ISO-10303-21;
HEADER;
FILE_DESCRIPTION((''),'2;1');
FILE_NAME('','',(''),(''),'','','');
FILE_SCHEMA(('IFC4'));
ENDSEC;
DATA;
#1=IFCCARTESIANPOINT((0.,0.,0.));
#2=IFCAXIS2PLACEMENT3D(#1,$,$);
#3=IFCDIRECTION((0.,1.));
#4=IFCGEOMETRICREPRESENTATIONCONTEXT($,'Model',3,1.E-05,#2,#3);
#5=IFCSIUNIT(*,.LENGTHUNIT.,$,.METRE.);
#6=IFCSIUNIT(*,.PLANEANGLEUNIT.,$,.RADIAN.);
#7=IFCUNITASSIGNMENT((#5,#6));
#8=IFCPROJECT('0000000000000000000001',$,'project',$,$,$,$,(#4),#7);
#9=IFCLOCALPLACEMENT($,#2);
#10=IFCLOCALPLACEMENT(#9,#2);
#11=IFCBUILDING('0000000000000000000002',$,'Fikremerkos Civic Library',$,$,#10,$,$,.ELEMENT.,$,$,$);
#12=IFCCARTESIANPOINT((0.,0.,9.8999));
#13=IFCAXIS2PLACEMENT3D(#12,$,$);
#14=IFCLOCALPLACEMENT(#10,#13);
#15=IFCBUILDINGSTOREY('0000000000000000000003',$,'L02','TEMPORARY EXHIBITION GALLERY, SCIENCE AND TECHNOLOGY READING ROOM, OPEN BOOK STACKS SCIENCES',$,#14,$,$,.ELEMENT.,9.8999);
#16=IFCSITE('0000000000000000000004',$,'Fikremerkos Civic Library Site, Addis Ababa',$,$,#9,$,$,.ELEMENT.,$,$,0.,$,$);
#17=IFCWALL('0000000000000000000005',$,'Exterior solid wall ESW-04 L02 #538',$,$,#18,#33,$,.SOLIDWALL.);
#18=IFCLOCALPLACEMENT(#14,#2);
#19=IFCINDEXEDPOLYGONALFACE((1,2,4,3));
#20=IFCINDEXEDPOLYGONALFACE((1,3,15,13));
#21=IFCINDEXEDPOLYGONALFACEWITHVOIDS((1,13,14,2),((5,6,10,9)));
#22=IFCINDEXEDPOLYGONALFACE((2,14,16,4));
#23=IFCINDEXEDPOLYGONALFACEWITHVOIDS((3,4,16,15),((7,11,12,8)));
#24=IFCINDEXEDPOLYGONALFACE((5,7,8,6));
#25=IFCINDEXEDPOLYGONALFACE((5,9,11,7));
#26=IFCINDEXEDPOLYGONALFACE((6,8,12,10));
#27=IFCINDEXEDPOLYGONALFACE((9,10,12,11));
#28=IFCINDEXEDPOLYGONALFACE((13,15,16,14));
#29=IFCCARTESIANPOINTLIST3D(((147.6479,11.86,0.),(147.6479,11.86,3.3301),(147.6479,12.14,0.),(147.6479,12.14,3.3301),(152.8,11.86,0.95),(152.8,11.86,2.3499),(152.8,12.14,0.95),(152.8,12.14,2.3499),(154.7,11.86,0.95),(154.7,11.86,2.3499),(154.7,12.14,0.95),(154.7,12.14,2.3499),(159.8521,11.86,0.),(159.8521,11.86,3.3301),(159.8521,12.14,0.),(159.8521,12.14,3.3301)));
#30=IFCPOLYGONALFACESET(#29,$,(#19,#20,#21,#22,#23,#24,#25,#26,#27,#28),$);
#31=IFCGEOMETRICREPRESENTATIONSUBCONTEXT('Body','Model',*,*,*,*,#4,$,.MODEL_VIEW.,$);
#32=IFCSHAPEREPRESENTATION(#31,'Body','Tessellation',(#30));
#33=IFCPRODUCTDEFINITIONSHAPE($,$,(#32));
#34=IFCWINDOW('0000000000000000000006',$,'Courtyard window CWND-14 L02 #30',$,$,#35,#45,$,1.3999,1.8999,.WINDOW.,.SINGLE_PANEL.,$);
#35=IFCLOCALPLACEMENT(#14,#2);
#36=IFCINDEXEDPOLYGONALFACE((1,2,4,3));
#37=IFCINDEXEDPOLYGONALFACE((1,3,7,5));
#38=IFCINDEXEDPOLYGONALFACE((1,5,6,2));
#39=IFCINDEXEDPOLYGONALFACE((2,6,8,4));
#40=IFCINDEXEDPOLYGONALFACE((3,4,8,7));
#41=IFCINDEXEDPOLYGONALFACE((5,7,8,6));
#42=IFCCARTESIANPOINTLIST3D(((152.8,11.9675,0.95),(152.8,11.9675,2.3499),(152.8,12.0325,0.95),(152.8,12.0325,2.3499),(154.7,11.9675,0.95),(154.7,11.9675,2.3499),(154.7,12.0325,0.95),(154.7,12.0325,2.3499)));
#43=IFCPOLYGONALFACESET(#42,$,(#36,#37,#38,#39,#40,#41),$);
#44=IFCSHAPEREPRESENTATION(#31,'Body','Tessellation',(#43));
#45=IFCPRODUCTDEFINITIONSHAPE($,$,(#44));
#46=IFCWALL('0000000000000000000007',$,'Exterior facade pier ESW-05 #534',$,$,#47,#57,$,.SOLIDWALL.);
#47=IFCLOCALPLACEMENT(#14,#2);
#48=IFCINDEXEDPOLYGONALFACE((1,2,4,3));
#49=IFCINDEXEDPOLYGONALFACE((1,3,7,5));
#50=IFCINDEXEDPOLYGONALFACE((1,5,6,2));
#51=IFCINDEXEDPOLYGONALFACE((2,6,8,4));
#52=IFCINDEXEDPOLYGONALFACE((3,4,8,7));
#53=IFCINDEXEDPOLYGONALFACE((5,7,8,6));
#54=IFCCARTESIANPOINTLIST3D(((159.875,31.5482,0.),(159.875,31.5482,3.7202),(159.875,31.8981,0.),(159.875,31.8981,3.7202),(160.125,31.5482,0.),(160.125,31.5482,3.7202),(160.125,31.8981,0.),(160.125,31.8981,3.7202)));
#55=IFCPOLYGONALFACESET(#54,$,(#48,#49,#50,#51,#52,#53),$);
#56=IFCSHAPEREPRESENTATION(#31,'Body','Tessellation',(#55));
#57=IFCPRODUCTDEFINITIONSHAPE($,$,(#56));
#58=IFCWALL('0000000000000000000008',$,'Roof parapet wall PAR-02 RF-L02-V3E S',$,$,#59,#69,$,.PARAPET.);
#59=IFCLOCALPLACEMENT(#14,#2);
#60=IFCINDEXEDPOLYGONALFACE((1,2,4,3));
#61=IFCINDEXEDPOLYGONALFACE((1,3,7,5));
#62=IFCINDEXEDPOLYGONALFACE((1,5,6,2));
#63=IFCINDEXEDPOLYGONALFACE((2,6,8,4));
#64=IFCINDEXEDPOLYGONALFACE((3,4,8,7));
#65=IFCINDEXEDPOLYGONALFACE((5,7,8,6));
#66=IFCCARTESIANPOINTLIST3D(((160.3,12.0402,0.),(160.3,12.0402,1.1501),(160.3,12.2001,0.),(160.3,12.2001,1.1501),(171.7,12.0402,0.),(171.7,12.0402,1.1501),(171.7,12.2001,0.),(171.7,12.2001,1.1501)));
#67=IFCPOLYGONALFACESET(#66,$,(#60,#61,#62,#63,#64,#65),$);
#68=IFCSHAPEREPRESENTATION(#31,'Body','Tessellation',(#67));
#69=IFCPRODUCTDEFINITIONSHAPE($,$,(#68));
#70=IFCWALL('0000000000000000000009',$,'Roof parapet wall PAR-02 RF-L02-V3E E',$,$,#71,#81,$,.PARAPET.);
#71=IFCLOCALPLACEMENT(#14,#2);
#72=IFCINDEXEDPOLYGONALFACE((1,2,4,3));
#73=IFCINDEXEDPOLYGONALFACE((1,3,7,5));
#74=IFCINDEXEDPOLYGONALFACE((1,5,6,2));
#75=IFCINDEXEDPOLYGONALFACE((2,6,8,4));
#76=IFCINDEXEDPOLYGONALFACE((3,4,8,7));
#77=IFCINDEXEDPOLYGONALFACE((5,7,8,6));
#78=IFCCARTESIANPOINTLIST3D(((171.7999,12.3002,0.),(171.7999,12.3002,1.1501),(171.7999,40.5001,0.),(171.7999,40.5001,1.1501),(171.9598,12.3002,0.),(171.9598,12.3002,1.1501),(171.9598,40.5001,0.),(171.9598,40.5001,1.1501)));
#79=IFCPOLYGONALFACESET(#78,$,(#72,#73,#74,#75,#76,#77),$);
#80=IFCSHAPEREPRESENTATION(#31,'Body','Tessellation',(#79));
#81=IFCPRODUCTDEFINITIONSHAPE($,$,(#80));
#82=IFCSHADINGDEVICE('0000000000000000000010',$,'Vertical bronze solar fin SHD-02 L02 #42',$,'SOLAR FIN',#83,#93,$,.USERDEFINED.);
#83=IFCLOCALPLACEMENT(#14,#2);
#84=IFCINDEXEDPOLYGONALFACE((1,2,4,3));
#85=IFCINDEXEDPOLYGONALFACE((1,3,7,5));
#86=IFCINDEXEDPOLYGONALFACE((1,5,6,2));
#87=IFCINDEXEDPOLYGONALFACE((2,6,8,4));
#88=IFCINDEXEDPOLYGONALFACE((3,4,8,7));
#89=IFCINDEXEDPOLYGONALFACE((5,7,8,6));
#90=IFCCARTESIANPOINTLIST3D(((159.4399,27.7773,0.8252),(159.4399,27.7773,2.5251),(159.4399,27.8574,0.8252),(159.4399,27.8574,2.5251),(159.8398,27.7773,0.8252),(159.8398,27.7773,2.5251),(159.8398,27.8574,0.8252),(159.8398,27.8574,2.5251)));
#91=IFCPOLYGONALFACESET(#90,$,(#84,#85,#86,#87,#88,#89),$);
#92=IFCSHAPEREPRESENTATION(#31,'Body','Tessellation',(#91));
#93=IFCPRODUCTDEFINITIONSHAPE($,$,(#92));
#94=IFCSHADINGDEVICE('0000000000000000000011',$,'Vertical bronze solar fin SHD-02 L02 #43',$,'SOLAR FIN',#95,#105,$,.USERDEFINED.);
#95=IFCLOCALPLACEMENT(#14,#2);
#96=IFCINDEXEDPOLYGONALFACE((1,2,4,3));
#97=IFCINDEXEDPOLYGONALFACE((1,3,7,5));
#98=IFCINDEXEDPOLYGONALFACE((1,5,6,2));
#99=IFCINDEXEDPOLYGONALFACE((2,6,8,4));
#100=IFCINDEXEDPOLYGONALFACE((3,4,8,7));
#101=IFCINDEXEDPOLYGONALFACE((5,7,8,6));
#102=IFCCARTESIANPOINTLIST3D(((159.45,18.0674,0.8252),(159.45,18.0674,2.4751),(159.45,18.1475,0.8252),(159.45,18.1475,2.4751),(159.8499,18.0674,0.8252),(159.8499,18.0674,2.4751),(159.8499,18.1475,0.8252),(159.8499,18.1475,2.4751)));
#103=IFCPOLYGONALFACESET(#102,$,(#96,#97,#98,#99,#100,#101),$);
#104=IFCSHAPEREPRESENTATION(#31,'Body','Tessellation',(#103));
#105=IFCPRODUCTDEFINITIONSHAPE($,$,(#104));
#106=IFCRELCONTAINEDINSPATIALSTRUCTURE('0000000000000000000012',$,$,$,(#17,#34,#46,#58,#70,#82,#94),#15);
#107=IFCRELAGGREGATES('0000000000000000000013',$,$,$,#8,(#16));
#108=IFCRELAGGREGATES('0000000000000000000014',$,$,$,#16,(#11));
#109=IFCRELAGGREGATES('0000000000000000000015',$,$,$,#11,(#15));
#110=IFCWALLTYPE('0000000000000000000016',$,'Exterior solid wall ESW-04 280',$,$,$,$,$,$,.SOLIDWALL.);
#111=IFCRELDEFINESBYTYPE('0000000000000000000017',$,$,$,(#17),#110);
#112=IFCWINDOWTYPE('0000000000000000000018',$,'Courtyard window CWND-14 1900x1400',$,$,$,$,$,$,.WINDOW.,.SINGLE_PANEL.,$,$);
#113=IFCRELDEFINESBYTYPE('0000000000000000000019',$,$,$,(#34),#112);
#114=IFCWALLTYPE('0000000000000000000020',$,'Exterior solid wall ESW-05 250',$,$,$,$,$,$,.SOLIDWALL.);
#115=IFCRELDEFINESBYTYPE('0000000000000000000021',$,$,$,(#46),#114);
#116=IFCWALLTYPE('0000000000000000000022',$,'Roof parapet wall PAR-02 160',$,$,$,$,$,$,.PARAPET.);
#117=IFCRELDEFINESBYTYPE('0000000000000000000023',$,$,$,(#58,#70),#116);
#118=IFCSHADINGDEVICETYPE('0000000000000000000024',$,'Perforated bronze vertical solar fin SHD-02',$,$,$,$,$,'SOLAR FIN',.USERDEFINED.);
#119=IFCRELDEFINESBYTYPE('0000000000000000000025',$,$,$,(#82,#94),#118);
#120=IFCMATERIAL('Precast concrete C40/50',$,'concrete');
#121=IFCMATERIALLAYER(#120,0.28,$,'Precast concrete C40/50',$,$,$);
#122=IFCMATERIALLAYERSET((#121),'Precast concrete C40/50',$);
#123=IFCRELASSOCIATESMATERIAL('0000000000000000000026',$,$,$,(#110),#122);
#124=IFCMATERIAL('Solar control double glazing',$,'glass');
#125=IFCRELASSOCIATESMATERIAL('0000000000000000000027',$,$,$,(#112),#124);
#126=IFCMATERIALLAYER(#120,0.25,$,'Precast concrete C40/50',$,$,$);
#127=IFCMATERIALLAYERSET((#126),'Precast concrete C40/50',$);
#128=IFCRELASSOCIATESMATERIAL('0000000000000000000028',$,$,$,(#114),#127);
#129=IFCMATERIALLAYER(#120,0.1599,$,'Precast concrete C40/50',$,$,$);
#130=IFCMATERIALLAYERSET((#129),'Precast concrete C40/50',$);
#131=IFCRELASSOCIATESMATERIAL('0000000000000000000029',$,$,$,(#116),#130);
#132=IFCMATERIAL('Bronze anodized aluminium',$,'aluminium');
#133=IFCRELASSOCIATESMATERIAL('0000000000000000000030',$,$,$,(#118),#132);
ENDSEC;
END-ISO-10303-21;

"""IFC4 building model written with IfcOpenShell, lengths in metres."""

from ifc_helpers import new_model, si_unit, direction, frame, frame_2d, origin, origin_2d, place, context, subcontext, project, spatial, rectangle, extrude, material, layer, layer_set, type_object, element, fill, save


model = new_model("IFC4")

# Units and contexts
model_context = context("Model", 3, precision=1e-05, world=origin(), true_north=direction((0.0, 1.0)))
body_context = subcontext(model_context, "Body", "Model", "MODEL_VIEW")
ifc_project = project(units=[si_unit("LENGTHUNIT", "METRE"), si_unit("PLANEANGLEUNIT", "RADIAN")], contexts=[model_context])

# Site, building, storey
site_placement = place(None, origin())
site = spatial("IfcSite", under=ifc_project, at=site_placement, Name="Fikremerkos Civic Library Site, Addis Ababa", CompositionType="ELEMENT", RefElevation=0.0)
building_placement = place(site_placement, origin())
building = spatial("IfcBuilding", under=site, at=building_placement, Name="Fikremerkos Civic Library", CompositionType="ELEMENT")
storey_placement = place(building_placement, frame((0.0, 0.0, 9.8999)))
storey = spatial("IfcBuildingStorey", under=building, at=storey_placement, Name="L02", Description="TEMPORARY EXHIBITION GALLERY, SCIENCE AND TECHNOLOGY READING ROOM, OPEN BOOK STACKS SCIENCES", CompositionType="ELEMENT", Elevation=9.8999)

# Wall, opening, window
ifc_material_1 = material(Name="Precast concrete C40/50", Category="concrete")
ifc_material_2 = material(Name="Solar control double glazing", Category="glass")
ifc_layer_1 = layer(ifc_material_1, 0.28, Name="Precast concrete C40/50")
ifc_layer_set_1 = layer_set([ifc_layer_1], Name="Precast concrete C40/50")
wall_type_1 = type_object("IfcWallType", Name="Exterior solid wall ESW-04 280", PredefinedType="SOLIDWALL", material=ifc_layer_set_1)
wall_1_placement = place(storey_placement, frame((159.8521, 12.0, 0.0), z_axis=(0.0, 0.0, 1.0), x_axis=(-1.0, 0.0, 0.0)))
wall_1 = element("IfcWall", 1, at=wall_1_placement, inside=storey, type_object=wall_type_1, Name="Exterior solid wall ESW-04 L02 #538", PredefinedType="SOLIDWALL", context=body_context, shape_type="SweptSolid", body=[
    extrude(rectangle(XDim=12.2041, YDim=0.28, at=frame_2d((6.1021, 0.0))), origin(), (0.0, 0.0, 1.0), 3.3301),
])
opening_1_placement = place(wall_1_placement, frame((5.1521, 0.0, 0.95)))
opening_1 = element("IfcOpeningElement", 2, at=opening_1_placement, cuts=wall_1, PredefinedType="OPENING", context=body_context, shape_type="SweptSolid", body=[
    extrude(rectangle(XDim=1.8999, YDim=1.3999, at=frame_2d((0.95, 0.7))), frame((0.0, 0.1499, 0.0), z_axis=(0.0, -1.0, 0.0), x_axis=(1.0, 0.0, 0.0)), (0.0, 0.0, 1.0), 0.3),
])
window_type_1 = type_object("IfcWindowType", Name="Courtyard window CWND-14 1900x1400", PartitioningType="SINGLE_PANEL", PredefinedType="WINDOW", material=ifc_material_2)
window_1_placement = place(opening_1_placement, origin())
window_1 = element("IfcWindow", 3, at=window_1_placement, inside=storey, type_object=window_type_1, Name="Courtyard window CWND-14 L02 #30", OverallHeight=1.3999, OverallWidth=1.8999, PartitioningType="SINGLE_PANEL", PredefinedType="WINDOW", context=body_context, shape_type="SweptSolid", body=[
    extrude(rectangle(XDim=1.8999, YDim=1.3999, at=frame_2d((0.95, 0.7))), frame((0.0, 0.0325, 0.0), z_axis=(0.0, -1.0, 0.0), x_axis=(1.0, 0.0, 0.0)), (0.0, 0.0, 1.0), 0.0649),
])
fill(opening_1, window_1)

# Walls
ifc_layer_2 = layer(ifc_material_1, 0.25, Name="Precast concrete C40/50")
ifc_layer_set_2 = layer_set([ifc_layer_2], Name="Precast concrete C40/50")
wall_type_2 = type_object("IfcWallType", Name="Exterior solid wall ESW-05 250", PredefinedType="SOLIDWALL", material=ifc_layer_set_2)
wall_2_placement = place(storey_placement, frame((160.0, 31.8979, 0.0), z_axis=(0.0, 0.0, 1.0), x_axis=(0.0, -1.0, 0.0)))
element("IfcWall", 4, at=wall_2_placement, inside=storey, type_object=wall_type_2, Name="Exterior facade pier ESW-05 #534", PredefinedType="SOLIDWALL", context=body_context, shape_type="SweptSolid", body=[
    extrude(rectangle(XDim=0.3499, YDim=0.25, at=frame_2d((0.1748, 0.0))), origin(), (0.0, 0.0, 1.0), 3.7202),
])
ifc_layer_3 = layer(ifc_material_1, 0.1599, Name="Precast concrete C40/50")
ifc_layer_set_3 = layer_set([ifc_layer_3], Name="Precast concrete C40/50")
wall_type_3 = type_object("IfcWallType", Name="Roof parapet wall PAR-02 160", PredefinedType="PARAPET", material=ifc_layer_set_3)
wall_3_placement = place(storey_placement, frame((160.3, 12.1201, 0.0), z_axis=(0.0, 0.0, 1.0), x_axis=(1.0, 0.0, 0.0)))
element("IfcWall", 5, at=wall_3_placement, inside=storey, type_object=wall_type_3, Name="Roof parapet wall PAR-02 RF-L02-V3E S", PredefinedType="PARAPET", context=body_context, shape_type="SweptSolid", body=[
    extrude(rectangle(XDim=11.3999, YDim=0.1599, at=frame_2d((5.7, 0.0))), origin(), (0.0, 0.0, 1.0), 1.1501),
])
wall_4_placement = place(storey_placement, frame((171.8799, 12.3, 0.0), z_axis=(0.0, 0.0, 1.0), x_axis=(0.0, 1.0, 0.0)))
element("IfcWall", 6, at=wall_4_placement, inside=storey, type_object=wall_type_3, Name="Roof parapet wall PAR-02 RF-L02-V3E E", PredefinedType="PARAPET", context=body_context, shape_type="SweptSolid", body=[
    extrude(rectangle(XDim=28.2, YDim=0.1599, at=frame_2d((14.1001, 0.0))), origin(), (0.0, 0.0, 1.0), 1.1501),
])

# Shading devices
ifc_material_3 = material(Name="Bronze anodized aluminium", Category="aluminium")
shading_device_type = type_object("IfcShadingDeviceType", Name="Perforated bronze vertical solar fin SHD-02", ElementType="SOLAR FIN", PredefinedType="USERDEFINED", material=ifc_material_3)
shading_device_1_placement = place(storey_placement, frame((159.6399, 27.8174, 0.8252), z_axis=(0.0, 0.0, 1.0), x_axis=(0.0, 1.0, 0.0)))
element("IfcShadingDevice", 7, at=shading_device_1_placement, inside=storey, type_object=shading_device_type, Name="Vertical bronze solar fin SHD-02 L02 #42", ObjectType="SOLAR FIN", PredefinedType="USERDEFINED", context=body_context, shape_type="SweptSolid", body=[
    extrude(rectangle(XDim=0.0801, YDim=0.3999, at=origin_2d()), origin(), (0.0, 0.0, 1.0), 1.7),
])
shading_device_2_placement = place(storey_placement, frame((159.6499, 18.1074, 0.8252), z_axis=(0.0, 0.0, 1.0), x_axis=(0.0, 1.0, 0.0)))
element("IfcShadingDevice", 8, at=shading_device_2_placement, inside=storey, type_object=shading_device_type, Name="Vertical bronze solar fin SHD-02 L02 #43", ObjectType="SOLAR FIN", PredefinedType="USERDEFINED", context=body_context, shape_type="SweptSolid", body=[
    extrude(rectangle(XDim=0.0801, YDim=0.3999, at=origin_2d()), origin(), (0.0, 0.0, 1.0), 1.6499),
])

save(model, "model.ifc")
